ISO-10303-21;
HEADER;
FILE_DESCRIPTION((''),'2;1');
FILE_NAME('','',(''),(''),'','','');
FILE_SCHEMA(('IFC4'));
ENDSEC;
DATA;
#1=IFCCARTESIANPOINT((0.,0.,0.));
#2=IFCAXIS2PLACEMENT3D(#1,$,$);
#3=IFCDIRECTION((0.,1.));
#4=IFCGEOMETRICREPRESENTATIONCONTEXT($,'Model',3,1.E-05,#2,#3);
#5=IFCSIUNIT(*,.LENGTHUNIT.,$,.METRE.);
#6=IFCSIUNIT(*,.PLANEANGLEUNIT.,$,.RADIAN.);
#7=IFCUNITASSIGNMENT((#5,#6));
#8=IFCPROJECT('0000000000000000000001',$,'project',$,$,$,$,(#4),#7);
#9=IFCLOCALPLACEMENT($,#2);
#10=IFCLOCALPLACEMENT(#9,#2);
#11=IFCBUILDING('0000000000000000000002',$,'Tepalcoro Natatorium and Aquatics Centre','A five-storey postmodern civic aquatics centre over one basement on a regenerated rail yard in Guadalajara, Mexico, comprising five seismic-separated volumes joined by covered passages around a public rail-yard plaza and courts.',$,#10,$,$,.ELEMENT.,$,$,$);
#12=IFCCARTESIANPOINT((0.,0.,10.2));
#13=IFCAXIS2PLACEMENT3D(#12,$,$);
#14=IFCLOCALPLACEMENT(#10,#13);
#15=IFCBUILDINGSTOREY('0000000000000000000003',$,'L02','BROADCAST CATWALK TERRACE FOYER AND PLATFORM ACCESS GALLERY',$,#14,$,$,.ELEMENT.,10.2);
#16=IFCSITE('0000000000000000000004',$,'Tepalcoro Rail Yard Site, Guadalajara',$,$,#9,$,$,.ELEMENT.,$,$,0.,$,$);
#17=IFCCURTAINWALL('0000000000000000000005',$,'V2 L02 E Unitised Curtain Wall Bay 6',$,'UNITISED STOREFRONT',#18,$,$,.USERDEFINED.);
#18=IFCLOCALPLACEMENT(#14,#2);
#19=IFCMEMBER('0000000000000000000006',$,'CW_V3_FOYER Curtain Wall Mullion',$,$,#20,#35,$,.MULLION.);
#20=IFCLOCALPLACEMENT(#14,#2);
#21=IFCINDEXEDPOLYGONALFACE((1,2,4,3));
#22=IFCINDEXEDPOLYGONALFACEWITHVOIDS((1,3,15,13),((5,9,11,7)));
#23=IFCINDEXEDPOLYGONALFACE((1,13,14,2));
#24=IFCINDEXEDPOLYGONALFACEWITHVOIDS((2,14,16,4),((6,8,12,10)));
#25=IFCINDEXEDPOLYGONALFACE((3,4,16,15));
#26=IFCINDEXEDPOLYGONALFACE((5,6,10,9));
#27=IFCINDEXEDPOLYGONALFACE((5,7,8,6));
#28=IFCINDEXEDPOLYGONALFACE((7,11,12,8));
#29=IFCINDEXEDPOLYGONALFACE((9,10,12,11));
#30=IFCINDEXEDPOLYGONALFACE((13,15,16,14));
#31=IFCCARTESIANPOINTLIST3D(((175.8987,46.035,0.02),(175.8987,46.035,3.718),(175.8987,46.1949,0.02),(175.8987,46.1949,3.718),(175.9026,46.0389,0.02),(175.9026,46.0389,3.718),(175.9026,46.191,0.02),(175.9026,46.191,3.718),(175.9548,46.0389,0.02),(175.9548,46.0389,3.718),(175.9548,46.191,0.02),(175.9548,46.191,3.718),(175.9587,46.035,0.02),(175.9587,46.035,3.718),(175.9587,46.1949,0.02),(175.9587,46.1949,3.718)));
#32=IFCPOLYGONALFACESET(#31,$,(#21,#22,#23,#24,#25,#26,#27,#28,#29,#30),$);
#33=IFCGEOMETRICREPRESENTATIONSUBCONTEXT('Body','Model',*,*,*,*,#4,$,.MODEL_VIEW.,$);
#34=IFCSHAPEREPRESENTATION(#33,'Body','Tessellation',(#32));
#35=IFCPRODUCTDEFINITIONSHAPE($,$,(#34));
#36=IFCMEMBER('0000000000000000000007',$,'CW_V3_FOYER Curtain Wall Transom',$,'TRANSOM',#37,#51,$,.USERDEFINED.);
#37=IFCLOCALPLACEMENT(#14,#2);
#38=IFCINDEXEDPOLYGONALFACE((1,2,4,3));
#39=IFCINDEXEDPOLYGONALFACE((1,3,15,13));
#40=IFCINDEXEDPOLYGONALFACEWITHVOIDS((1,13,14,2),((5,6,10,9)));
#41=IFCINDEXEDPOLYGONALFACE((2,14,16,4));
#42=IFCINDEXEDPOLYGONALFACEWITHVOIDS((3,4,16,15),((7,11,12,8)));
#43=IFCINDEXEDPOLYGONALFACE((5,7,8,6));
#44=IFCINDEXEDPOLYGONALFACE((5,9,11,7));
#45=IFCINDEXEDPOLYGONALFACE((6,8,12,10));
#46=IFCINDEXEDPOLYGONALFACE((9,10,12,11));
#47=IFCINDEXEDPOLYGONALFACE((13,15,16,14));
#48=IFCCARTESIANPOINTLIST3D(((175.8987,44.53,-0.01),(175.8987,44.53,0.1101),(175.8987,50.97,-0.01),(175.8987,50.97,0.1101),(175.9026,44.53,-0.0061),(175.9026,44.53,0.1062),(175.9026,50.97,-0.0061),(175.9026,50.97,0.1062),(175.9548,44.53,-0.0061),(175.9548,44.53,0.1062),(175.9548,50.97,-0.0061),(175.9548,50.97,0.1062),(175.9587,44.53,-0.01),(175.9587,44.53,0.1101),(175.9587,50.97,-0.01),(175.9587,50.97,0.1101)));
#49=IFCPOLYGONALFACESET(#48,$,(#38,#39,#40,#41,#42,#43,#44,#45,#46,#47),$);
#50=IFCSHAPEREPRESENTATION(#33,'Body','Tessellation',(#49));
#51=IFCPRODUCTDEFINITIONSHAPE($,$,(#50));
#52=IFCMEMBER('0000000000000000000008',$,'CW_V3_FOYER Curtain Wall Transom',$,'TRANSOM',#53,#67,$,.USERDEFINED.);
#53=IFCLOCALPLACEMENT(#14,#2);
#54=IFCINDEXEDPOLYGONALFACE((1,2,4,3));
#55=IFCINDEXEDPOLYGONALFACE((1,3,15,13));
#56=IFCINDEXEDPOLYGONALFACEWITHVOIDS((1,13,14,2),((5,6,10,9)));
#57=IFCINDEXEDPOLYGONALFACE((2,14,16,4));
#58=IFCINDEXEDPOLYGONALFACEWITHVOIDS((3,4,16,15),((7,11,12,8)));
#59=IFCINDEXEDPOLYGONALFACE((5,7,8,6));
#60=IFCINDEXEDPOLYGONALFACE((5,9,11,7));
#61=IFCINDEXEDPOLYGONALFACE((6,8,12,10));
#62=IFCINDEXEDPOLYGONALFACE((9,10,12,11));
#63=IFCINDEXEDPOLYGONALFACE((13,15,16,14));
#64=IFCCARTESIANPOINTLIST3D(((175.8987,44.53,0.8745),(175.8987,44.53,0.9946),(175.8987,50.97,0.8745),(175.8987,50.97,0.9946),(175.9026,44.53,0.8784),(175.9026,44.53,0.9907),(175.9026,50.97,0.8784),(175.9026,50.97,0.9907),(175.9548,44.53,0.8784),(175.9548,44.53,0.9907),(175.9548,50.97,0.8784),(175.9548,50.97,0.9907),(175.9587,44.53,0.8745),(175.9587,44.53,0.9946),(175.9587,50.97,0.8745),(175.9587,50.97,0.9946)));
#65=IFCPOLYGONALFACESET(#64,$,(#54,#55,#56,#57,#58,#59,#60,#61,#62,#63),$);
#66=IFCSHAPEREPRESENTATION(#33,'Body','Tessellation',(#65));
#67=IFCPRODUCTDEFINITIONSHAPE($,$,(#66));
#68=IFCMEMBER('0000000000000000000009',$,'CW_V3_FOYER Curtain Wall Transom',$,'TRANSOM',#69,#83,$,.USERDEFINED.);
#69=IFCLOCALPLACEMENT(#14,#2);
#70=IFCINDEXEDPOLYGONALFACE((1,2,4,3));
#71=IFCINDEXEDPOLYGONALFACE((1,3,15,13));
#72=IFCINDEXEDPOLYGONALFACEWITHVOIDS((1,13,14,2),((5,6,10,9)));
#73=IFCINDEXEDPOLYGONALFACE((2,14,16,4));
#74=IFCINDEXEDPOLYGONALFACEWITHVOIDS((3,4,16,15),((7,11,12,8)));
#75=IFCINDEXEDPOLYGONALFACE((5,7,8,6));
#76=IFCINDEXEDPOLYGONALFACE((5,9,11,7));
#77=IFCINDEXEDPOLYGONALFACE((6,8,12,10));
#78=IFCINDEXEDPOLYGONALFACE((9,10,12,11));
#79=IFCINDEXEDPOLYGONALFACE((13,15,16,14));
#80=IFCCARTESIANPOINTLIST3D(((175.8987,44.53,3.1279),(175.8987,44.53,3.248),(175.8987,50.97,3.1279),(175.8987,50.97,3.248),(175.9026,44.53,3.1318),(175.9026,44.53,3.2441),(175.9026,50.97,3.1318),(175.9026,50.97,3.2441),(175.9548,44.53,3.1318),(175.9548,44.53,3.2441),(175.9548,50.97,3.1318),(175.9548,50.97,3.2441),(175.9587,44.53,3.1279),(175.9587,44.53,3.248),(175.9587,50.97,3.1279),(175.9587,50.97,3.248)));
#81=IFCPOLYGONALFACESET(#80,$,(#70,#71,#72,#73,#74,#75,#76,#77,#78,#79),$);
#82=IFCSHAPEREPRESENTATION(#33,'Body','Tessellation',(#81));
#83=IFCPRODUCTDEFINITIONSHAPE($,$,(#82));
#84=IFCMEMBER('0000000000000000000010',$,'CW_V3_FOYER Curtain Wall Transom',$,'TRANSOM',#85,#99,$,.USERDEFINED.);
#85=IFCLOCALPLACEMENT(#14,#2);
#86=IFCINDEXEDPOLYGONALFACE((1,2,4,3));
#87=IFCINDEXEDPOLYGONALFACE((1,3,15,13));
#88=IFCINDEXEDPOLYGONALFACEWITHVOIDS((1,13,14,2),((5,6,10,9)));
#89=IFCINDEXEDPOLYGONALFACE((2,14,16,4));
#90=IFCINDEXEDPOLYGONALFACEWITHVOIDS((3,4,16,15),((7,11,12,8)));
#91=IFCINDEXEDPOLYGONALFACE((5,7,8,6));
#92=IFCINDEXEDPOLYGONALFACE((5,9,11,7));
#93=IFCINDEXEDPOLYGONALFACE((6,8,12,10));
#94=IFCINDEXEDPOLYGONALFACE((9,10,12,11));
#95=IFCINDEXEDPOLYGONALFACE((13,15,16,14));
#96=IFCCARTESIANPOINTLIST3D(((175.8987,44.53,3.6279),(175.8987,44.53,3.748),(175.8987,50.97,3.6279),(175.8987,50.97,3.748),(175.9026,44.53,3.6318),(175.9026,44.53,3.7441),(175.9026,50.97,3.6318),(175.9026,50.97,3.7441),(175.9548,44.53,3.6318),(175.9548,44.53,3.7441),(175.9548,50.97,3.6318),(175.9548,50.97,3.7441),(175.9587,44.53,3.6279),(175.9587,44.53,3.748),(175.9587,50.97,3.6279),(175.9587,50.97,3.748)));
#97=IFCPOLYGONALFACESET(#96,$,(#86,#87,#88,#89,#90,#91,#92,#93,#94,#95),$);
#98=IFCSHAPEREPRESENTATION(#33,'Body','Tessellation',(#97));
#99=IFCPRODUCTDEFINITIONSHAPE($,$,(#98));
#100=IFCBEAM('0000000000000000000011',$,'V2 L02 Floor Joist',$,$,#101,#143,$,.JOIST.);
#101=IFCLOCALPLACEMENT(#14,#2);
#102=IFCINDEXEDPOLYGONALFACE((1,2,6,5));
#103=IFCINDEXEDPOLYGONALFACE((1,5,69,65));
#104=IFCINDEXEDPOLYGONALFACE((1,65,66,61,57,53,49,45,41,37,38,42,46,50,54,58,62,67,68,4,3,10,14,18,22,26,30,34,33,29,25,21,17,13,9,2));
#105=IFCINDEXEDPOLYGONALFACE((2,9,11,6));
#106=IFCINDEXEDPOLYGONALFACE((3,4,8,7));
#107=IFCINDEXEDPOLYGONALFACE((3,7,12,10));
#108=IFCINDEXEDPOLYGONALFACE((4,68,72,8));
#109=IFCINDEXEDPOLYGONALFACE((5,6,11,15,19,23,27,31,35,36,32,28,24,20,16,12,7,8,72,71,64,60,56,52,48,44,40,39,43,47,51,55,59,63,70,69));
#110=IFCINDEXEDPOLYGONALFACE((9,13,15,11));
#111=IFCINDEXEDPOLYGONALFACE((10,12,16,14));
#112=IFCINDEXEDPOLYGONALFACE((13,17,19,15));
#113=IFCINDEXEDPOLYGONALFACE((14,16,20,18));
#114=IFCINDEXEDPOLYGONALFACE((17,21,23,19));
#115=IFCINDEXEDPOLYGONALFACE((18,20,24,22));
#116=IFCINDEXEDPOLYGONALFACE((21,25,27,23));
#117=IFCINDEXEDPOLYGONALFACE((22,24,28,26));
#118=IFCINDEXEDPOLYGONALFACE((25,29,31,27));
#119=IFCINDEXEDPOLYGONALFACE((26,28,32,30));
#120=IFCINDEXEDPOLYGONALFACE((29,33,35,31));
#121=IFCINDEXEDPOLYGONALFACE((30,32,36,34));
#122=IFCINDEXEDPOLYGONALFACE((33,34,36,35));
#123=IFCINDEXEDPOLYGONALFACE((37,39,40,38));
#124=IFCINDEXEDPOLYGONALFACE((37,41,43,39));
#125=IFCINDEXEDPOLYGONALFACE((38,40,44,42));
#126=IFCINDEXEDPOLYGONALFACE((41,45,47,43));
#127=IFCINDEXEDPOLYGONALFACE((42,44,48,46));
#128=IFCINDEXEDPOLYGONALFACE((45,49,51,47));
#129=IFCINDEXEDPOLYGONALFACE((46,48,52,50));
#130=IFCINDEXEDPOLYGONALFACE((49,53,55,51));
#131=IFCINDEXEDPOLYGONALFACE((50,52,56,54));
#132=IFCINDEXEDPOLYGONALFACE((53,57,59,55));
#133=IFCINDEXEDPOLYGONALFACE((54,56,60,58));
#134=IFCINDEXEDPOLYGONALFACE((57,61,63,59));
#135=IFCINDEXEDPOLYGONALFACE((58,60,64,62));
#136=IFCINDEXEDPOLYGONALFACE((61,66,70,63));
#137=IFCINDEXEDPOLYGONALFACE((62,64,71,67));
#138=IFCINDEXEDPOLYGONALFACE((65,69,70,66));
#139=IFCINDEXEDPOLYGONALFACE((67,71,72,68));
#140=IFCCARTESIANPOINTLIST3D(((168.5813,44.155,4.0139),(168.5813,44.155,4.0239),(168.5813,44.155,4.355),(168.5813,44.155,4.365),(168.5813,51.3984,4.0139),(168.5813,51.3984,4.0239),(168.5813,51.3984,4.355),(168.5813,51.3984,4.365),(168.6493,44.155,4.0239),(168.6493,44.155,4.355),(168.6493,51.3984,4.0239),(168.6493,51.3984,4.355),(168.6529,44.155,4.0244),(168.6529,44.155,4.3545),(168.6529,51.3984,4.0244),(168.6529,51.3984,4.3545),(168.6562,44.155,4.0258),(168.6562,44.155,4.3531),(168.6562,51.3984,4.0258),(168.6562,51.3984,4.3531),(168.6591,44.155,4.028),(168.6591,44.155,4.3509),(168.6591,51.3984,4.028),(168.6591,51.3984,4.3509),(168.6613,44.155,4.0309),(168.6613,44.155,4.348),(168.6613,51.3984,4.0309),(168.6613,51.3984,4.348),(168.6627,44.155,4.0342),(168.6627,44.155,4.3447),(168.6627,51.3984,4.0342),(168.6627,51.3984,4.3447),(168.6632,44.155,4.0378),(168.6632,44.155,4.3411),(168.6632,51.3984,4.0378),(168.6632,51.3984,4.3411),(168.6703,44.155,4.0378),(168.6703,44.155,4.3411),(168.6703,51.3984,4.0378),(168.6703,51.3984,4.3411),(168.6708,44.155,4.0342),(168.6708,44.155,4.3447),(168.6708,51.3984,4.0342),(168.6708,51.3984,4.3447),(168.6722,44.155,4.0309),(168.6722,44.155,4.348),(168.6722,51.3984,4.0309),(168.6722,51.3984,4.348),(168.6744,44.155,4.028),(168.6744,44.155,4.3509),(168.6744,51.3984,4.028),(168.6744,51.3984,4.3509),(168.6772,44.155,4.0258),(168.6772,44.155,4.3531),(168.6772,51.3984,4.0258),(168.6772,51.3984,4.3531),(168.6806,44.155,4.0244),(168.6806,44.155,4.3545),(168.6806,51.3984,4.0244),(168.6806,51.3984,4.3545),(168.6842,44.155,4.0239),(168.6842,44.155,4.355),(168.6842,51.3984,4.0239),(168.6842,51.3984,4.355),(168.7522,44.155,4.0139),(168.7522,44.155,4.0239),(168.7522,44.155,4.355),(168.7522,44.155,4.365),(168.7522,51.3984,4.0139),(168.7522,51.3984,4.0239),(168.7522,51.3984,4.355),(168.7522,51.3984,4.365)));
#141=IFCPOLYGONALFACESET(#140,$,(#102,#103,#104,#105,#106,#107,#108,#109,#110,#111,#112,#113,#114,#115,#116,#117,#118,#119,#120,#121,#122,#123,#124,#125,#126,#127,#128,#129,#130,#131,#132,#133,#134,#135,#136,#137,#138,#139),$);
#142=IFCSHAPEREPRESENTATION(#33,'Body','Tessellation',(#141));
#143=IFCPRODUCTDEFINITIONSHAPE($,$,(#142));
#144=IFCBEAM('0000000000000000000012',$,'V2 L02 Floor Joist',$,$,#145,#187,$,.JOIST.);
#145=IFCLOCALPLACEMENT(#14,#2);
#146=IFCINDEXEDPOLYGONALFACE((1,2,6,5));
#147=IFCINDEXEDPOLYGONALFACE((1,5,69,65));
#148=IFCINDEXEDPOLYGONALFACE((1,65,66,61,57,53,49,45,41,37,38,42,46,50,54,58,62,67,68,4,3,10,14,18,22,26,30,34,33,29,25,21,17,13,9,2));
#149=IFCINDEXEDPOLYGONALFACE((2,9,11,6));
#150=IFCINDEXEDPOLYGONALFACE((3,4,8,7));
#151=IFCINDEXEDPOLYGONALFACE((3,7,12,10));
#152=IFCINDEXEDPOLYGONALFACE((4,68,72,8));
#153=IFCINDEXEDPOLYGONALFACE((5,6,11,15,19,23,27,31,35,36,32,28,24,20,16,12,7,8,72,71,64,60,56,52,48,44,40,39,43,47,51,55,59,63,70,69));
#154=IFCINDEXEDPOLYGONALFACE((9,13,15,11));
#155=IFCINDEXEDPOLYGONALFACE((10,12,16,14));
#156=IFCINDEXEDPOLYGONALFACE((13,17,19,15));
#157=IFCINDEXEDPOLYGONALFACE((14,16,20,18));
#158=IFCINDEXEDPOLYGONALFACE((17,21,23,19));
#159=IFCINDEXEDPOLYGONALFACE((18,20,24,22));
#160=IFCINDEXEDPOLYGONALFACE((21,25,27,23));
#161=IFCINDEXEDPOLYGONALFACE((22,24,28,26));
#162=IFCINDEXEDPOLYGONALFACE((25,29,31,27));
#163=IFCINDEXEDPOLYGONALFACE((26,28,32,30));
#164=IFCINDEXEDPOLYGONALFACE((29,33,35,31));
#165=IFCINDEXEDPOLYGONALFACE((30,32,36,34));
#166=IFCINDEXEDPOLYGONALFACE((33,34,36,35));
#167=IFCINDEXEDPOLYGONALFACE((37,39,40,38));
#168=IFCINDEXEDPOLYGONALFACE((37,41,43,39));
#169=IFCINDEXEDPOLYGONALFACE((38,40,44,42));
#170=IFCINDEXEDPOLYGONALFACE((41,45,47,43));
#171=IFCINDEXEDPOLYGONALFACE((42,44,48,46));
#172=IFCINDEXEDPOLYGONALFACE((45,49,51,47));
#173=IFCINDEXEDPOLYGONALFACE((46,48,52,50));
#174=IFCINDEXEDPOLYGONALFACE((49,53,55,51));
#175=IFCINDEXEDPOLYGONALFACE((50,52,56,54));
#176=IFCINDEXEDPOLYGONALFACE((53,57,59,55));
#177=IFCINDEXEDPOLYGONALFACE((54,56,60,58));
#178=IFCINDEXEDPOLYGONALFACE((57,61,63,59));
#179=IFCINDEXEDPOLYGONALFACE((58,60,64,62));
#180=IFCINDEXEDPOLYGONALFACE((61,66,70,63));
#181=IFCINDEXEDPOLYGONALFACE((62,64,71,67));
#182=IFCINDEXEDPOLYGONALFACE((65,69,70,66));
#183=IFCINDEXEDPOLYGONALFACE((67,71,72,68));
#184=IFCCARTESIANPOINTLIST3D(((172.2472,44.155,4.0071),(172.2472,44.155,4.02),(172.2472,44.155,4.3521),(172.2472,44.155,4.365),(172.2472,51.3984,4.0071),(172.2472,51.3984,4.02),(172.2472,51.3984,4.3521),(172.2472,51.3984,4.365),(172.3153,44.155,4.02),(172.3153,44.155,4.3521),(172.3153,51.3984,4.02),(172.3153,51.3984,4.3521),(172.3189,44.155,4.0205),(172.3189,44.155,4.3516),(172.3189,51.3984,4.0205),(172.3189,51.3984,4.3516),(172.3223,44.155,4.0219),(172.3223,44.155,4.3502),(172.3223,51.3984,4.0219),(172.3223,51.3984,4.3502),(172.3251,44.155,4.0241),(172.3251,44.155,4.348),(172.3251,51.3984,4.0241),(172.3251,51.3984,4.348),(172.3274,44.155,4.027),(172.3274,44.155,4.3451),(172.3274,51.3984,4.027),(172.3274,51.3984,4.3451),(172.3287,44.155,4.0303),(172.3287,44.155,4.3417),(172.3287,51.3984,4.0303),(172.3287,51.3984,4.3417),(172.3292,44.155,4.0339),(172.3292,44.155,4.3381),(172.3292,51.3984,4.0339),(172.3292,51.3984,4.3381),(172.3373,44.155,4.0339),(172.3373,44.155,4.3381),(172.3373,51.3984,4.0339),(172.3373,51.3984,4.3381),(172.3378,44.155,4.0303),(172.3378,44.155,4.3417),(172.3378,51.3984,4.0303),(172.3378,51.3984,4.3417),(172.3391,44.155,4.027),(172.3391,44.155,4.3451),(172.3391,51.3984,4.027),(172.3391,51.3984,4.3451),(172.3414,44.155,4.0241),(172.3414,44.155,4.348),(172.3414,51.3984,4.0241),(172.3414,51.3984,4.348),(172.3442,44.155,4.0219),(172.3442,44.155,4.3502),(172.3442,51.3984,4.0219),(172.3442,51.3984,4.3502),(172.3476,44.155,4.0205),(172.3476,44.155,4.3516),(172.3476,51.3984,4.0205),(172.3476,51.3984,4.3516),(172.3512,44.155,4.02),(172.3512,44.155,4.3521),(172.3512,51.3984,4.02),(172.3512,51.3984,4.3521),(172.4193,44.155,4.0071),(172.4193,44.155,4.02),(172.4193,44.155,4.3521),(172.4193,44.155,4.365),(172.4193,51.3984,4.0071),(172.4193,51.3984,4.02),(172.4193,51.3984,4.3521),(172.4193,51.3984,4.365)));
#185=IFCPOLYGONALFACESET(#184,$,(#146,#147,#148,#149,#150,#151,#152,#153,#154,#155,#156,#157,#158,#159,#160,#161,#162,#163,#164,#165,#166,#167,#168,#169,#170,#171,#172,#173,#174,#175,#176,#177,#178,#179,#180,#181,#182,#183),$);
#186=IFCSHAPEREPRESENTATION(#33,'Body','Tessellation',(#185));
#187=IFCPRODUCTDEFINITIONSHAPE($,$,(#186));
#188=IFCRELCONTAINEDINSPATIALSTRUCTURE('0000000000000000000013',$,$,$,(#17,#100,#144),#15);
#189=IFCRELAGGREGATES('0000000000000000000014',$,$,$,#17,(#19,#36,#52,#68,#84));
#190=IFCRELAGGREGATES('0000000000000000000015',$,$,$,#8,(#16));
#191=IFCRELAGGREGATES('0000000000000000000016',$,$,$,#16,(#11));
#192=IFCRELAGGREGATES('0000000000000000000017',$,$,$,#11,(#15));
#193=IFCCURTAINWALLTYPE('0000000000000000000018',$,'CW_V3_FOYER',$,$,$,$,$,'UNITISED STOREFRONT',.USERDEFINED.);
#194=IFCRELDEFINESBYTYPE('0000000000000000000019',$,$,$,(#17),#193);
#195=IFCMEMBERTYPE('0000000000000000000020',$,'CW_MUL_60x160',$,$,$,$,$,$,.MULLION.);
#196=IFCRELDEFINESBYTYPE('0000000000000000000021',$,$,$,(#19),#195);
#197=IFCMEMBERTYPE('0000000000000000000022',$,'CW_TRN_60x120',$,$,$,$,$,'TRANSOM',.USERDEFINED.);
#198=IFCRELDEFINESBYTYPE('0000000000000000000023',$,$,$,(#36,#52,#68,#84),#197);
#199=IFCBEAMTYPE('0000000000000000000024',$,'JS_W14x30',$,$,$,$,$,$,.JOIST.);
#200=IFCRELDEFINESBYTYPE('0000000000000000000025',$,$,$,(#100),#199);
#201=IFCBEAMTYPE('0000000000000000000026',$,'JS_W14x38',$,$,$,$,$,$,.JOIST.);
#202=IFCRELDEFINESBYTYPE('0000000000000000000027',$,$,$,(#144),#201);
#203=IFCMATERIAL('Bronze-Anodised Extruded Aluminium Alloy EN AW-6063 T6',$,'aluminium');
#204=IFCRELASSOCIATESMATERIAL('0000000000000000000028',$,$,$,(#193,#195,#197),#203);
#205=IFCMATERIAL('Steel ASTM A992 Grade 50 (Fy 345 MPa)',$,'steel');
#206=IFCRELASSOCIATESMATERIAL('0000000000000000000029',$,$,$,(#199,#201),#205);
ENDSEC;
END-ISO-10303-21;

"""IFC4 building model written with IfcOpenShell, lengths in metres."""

from ifc_helpers import new_model, si_unit, direction, frame, origin, origin_2d, place, context, subcontext, project, spatial, hollow_rectangle, i_section, extrude, material, material_profile, profile_set, type_object, element, aggregate, save


model = new_model("IFC4")

# Units and contexts
model_context = context("Model", 3, precision=1e-05, world=origin(), true_north=direction((0.0, 1.0)))
body_context = subcontext(model_context, "Body", "Model", "MODEL_VIEW")
ifc_project = project(units=[si_unit("LENGTHUNIT", "METRE"), si_unit("PLANEANGLEUNIT", "RADIAN")], contexts=[model_context])

# Site, building, storey
site_placement = place(None, origin())
site = spatial("IfcSite", under=ifc_project, at=site_placement, Name="Tepalcoro Rail Yard Site, Guadalajara", CompositionType="ELEMENT", RefElevation=0.0)
building_placement = place(site_placement, origin())
building = spatial("IfcBuilding", under=site, at=building_placement, Name="Tepalcoro Natatorium and Aquatics Centre", Description="A five-storey postmodern civic aquatics centre over one basement on a regenerated rail yard in Guadalajara, Mexico, comprising five seismic-separated volumes joined by covered passages around a public rail-yard plaza and courts.", CompositionType="ELEMENT")
storey_placement = place(building_placement, frame((0.0, 0.0, 10.2)))
storey = spatial("IfcBuildingStorey", under=building, at=storey_placement, Name="L02", Description="BROADCAST CATWALK TERRACE FOYER AND PLATFORM ACCESS GALLERY", CompositionType="ELEMENT", Elevation=10.2)

# Shared definitions
ifc_material_1 = material(Name="Steel ASTM A992 Grade 50 (Fy 345 MPa)", Category="steel")

# Curtain wall, members
ifc_material_2 = material(Name="Bronze-Anodised Extruded Aluminium Alloy EN AW-6063 T6", Category="aluminium")
curtain_wall_type = type_object("IfcCurtainWallType", Name="CW_V3_FOYER", ElementType="UNITISED STOREFRONT", PredefinedType="USERDEFINED", material=ifc_material_2)
curtain_wall_placement = place(storey_placement, origin())
curtain_wall = element("IfcCurtainWall", 1, at=curtain_wall_placement, inside=storey, type_object=curtain_wall_type, Name="V2 L02 E Unitised Curtain Wall Bay 6", ObjectType="UNITISED STOREFRONT", PredefinedType="USERDEFINED")
ifc_material_profile_1 = material_profile(ifc_material_2, hollow_rectangle(XDim=0.0601, YDim=0.1599, WallThickness=0.0039, at=origin_2d()), Name="AL60X160X4")
ifc_profile_set_1 = profile_set([ifc_material_profile_1], Name="Bronze-Anodised Extruded Aluminium Alloy EN AW-6063 T6")
member_type_1 = type_object("IfcMemberType", Name="CW_MUL_60x160", PredefinedType="MULLION", material=ifc_profile_set_1)
member_1_placement = place(storey_placement, frame((175.9287, 46.115, 0.02), z_axis=(0.0, 0.0, 1.0), x_axis=(1.0, 0.0, 0.0)))
member_1 = element("IfcMember", 2, at=member_1_placement, type_object=member_type_1, Name="CW_V3_FOYER Curtain Wall Mullion", PredefinedType="MULLION", context=body_context, shape_type="SweptSolid", body=[
    extrude(hollow_rectangle(XDim=0.0601, YDim=0.1599, WallThickness=0.0039, at=origin_2d()), origin(), (0.0, 0.0, 1.0), 3.698),
])
ifc_material_profile_2 = material_profile(ifc_material_2, hollow_rectangle(XDim=0.0601, YDim=0.1201, WallThickness=0.0039, at=origin_2d()), Name="AL60X120X4")
ifc_profile_set_2 = profile_set([ifc_material_profile_2], Name="Bronze-Anodised Extruded Aluminium Alloy EN AW-6063 T6")
member_type_2 = type_object("IfcMemberType", Name="CW_TRN_60x120", ElementType="TRANSOM", PredefinedType="USERDEFINED", material=ifc_profile_set_2)
member_2_placement = place(storey_placement, frame((175.9287, 44.53, 0.05), z_axis=(0.0, 1.0, 0.0), x_axis=(-1.0, 0.0, 0.0)))
member_2 = element("IfcMember", 3, at=member_2_placement, type_object=member_type_2, Name="CW_V3_FOYER Curtain Wall Transom", ObjectType="TRANSOM", PredefinedType="USERDEFINED", context=body_context, shape_type="SweptSolid", body=[
    extrude(hollow_rectangle(XDim=0.0601, YDim=0.1201, WallThickness=0.0039, at=origin_2d()), origin(), (0.0, 0.0, 1.0), 6.4399),
])
member_3_placement = place(storey_placement, frame((175.9287, 44.53, 0.9346), z_axis=(0.0, 1.0, 0.0), x_axis=(-1.0, 0.0, 0.0)))
member_3 = element("IfcMember", 4, at=member_3_placement, type_object=member_type_2, Name="CW_V3_FOYER Curtain Wall Transom", ObjectType="TRANSOM", PredefinedType="USERDEFINED", context=body_context, shape_type="SweptSolid", body=[
    extrude(hollow_rectangle(XDim=0.0601, YDim=0.1201, WallThickness=0.0039, at=origin_2d()), origin(), (0.0, 0.0, 1.0), 6.4399),
])
member_4_placement = place(storey_placement, frame((175.9287, 44.53, 3.188), z_axis=(0.0, 1.0, 0.0), x_axis=(-1.0, 0.0, 0.0)))
member_4 = element("IfcMember", 5, at=member_4_placement, type_object=member_type_2, Name="CW_V3_FOYER Curtain Wall Transom", ObjectType="TRANSOM", PredefinedType="USERDEFINED", context=body_context, shape_type="SweptSolid", body=[
    extrude(hollow_rectangle(XDim=0.0601, YDim=0.1201, WallThickness=0.0039, at=origin_2d()), origin(), (0.0, 0.0, 1.0), 6.4399),
])
member_5_placement = place(storey_placement, frame((175.9287, 44.53, 3.688), z_axis=(0.0, 1.0, 0.0), x_axis=(-1.0, 0.0, 0.0)))
member_5 = element("IfcMember", 6, at=member_5_placement, type_object=member_type_2, Name="CW_V3_FOYER Curtain Wall Transom", ObjectType="TRANSOM", PredefinedType="USERDEFINED", context=body_context, shape_type="SweptSolid", body=[
    extrude(hollow_rectangle(XDim=0.0601, YDim=0.1201, WallThickness=0.0039, at=origin_2d()), origin(), (0.0, 0.0, 1.0), 6.4399),
])

# Beams
ifc_material_profile_3 = material_profile(ifc_material_1, i_section(OverallWidth=0.1709, OverallDepth=0.3511, WebThickness=0.0071, FlangeThickness=0.01, FilletRadius=0.0139, at=origin_2d()), Name="W14X30")
ifc_profile_set_3 = profile_set([ifc_material_profile_3], Name="Steel ASTM A992 Grade 50 (Fy 345 MPa)")
beam_type_1 = type_object("IfcBeamType", Name="JS_W14x30", PredefinedType="JOIST", material=ifc_profile_set_3)
beam_1_placement = place(storey_placement, frame((168.6667, 44.155, 4.1895), z_axis=(0.0, 1.0, 0.0), x_axis=(-1.0, 0.0, 0.0)))
element("IfcBeam", 7, at=beam_1_placement, inside=storey, type_object=beam_type_1, Name="V2 L02 Floor Joist", PredefinedType="JOIST", context=body_context, shape_type="SweptSolid", body=[
    extrude(i_section(OverallWidth=0.1709, OverallDepth=0.3511, WebThickness=0.0071, FlangeThickness=0.01, FilletRadius=0.0139, at=origin_2d()), origin(), (0.0, 0.0, 1.0), 7.2434),
])
ifc_material_profile_4 = material_profile(ifc_material_1, i_section(OverallWidth=0.1721, OverallDepth=0.3579, WebThickness=0.0081, FlangeThickness=0.0129, FilletRadius=0.0139, at=origin_2d()), Name="W14X38")
ifc_profile_set_4 = profile_set([ifc_material_profile_4], Name="Steel ASTM A992 Grade 50 (Fy 345 MPa)")
beam_type_2 = type_object("IfcBeamType", Name="JS_W14x38", PredefinedType="JOIST", material=ifc_profile_set_4)
beam_2_placement = place(storey_placement, frame((172.3333, 44.155, 4.186), z_axis=(0.0, 1.0, 0.0), x_axis=(-1.0, 0.0, 0.0)))
element("IfcBeam", 8, at=beam_2_placement, inside=storey, type_object=beam_type_2, Name="V2 L02 Floor Joist", PredefinedType="JOIST", context=body_context, shape_type="SweptSolid", body=[
    extrude(i_section(OverallWidth=0.1721, OverallDepth=0.3579, WebThickness=0.0081, FlangeThickness=0.0129, FilletRadius=0.0139, at=origin_2d()), origin(), (0.0, 0.0, 1.0), 7.2434),
])

aggregate(curtain_wall, [member_1, member_2, member_3, member_4, member_5])

save(model, "model.ifc")
